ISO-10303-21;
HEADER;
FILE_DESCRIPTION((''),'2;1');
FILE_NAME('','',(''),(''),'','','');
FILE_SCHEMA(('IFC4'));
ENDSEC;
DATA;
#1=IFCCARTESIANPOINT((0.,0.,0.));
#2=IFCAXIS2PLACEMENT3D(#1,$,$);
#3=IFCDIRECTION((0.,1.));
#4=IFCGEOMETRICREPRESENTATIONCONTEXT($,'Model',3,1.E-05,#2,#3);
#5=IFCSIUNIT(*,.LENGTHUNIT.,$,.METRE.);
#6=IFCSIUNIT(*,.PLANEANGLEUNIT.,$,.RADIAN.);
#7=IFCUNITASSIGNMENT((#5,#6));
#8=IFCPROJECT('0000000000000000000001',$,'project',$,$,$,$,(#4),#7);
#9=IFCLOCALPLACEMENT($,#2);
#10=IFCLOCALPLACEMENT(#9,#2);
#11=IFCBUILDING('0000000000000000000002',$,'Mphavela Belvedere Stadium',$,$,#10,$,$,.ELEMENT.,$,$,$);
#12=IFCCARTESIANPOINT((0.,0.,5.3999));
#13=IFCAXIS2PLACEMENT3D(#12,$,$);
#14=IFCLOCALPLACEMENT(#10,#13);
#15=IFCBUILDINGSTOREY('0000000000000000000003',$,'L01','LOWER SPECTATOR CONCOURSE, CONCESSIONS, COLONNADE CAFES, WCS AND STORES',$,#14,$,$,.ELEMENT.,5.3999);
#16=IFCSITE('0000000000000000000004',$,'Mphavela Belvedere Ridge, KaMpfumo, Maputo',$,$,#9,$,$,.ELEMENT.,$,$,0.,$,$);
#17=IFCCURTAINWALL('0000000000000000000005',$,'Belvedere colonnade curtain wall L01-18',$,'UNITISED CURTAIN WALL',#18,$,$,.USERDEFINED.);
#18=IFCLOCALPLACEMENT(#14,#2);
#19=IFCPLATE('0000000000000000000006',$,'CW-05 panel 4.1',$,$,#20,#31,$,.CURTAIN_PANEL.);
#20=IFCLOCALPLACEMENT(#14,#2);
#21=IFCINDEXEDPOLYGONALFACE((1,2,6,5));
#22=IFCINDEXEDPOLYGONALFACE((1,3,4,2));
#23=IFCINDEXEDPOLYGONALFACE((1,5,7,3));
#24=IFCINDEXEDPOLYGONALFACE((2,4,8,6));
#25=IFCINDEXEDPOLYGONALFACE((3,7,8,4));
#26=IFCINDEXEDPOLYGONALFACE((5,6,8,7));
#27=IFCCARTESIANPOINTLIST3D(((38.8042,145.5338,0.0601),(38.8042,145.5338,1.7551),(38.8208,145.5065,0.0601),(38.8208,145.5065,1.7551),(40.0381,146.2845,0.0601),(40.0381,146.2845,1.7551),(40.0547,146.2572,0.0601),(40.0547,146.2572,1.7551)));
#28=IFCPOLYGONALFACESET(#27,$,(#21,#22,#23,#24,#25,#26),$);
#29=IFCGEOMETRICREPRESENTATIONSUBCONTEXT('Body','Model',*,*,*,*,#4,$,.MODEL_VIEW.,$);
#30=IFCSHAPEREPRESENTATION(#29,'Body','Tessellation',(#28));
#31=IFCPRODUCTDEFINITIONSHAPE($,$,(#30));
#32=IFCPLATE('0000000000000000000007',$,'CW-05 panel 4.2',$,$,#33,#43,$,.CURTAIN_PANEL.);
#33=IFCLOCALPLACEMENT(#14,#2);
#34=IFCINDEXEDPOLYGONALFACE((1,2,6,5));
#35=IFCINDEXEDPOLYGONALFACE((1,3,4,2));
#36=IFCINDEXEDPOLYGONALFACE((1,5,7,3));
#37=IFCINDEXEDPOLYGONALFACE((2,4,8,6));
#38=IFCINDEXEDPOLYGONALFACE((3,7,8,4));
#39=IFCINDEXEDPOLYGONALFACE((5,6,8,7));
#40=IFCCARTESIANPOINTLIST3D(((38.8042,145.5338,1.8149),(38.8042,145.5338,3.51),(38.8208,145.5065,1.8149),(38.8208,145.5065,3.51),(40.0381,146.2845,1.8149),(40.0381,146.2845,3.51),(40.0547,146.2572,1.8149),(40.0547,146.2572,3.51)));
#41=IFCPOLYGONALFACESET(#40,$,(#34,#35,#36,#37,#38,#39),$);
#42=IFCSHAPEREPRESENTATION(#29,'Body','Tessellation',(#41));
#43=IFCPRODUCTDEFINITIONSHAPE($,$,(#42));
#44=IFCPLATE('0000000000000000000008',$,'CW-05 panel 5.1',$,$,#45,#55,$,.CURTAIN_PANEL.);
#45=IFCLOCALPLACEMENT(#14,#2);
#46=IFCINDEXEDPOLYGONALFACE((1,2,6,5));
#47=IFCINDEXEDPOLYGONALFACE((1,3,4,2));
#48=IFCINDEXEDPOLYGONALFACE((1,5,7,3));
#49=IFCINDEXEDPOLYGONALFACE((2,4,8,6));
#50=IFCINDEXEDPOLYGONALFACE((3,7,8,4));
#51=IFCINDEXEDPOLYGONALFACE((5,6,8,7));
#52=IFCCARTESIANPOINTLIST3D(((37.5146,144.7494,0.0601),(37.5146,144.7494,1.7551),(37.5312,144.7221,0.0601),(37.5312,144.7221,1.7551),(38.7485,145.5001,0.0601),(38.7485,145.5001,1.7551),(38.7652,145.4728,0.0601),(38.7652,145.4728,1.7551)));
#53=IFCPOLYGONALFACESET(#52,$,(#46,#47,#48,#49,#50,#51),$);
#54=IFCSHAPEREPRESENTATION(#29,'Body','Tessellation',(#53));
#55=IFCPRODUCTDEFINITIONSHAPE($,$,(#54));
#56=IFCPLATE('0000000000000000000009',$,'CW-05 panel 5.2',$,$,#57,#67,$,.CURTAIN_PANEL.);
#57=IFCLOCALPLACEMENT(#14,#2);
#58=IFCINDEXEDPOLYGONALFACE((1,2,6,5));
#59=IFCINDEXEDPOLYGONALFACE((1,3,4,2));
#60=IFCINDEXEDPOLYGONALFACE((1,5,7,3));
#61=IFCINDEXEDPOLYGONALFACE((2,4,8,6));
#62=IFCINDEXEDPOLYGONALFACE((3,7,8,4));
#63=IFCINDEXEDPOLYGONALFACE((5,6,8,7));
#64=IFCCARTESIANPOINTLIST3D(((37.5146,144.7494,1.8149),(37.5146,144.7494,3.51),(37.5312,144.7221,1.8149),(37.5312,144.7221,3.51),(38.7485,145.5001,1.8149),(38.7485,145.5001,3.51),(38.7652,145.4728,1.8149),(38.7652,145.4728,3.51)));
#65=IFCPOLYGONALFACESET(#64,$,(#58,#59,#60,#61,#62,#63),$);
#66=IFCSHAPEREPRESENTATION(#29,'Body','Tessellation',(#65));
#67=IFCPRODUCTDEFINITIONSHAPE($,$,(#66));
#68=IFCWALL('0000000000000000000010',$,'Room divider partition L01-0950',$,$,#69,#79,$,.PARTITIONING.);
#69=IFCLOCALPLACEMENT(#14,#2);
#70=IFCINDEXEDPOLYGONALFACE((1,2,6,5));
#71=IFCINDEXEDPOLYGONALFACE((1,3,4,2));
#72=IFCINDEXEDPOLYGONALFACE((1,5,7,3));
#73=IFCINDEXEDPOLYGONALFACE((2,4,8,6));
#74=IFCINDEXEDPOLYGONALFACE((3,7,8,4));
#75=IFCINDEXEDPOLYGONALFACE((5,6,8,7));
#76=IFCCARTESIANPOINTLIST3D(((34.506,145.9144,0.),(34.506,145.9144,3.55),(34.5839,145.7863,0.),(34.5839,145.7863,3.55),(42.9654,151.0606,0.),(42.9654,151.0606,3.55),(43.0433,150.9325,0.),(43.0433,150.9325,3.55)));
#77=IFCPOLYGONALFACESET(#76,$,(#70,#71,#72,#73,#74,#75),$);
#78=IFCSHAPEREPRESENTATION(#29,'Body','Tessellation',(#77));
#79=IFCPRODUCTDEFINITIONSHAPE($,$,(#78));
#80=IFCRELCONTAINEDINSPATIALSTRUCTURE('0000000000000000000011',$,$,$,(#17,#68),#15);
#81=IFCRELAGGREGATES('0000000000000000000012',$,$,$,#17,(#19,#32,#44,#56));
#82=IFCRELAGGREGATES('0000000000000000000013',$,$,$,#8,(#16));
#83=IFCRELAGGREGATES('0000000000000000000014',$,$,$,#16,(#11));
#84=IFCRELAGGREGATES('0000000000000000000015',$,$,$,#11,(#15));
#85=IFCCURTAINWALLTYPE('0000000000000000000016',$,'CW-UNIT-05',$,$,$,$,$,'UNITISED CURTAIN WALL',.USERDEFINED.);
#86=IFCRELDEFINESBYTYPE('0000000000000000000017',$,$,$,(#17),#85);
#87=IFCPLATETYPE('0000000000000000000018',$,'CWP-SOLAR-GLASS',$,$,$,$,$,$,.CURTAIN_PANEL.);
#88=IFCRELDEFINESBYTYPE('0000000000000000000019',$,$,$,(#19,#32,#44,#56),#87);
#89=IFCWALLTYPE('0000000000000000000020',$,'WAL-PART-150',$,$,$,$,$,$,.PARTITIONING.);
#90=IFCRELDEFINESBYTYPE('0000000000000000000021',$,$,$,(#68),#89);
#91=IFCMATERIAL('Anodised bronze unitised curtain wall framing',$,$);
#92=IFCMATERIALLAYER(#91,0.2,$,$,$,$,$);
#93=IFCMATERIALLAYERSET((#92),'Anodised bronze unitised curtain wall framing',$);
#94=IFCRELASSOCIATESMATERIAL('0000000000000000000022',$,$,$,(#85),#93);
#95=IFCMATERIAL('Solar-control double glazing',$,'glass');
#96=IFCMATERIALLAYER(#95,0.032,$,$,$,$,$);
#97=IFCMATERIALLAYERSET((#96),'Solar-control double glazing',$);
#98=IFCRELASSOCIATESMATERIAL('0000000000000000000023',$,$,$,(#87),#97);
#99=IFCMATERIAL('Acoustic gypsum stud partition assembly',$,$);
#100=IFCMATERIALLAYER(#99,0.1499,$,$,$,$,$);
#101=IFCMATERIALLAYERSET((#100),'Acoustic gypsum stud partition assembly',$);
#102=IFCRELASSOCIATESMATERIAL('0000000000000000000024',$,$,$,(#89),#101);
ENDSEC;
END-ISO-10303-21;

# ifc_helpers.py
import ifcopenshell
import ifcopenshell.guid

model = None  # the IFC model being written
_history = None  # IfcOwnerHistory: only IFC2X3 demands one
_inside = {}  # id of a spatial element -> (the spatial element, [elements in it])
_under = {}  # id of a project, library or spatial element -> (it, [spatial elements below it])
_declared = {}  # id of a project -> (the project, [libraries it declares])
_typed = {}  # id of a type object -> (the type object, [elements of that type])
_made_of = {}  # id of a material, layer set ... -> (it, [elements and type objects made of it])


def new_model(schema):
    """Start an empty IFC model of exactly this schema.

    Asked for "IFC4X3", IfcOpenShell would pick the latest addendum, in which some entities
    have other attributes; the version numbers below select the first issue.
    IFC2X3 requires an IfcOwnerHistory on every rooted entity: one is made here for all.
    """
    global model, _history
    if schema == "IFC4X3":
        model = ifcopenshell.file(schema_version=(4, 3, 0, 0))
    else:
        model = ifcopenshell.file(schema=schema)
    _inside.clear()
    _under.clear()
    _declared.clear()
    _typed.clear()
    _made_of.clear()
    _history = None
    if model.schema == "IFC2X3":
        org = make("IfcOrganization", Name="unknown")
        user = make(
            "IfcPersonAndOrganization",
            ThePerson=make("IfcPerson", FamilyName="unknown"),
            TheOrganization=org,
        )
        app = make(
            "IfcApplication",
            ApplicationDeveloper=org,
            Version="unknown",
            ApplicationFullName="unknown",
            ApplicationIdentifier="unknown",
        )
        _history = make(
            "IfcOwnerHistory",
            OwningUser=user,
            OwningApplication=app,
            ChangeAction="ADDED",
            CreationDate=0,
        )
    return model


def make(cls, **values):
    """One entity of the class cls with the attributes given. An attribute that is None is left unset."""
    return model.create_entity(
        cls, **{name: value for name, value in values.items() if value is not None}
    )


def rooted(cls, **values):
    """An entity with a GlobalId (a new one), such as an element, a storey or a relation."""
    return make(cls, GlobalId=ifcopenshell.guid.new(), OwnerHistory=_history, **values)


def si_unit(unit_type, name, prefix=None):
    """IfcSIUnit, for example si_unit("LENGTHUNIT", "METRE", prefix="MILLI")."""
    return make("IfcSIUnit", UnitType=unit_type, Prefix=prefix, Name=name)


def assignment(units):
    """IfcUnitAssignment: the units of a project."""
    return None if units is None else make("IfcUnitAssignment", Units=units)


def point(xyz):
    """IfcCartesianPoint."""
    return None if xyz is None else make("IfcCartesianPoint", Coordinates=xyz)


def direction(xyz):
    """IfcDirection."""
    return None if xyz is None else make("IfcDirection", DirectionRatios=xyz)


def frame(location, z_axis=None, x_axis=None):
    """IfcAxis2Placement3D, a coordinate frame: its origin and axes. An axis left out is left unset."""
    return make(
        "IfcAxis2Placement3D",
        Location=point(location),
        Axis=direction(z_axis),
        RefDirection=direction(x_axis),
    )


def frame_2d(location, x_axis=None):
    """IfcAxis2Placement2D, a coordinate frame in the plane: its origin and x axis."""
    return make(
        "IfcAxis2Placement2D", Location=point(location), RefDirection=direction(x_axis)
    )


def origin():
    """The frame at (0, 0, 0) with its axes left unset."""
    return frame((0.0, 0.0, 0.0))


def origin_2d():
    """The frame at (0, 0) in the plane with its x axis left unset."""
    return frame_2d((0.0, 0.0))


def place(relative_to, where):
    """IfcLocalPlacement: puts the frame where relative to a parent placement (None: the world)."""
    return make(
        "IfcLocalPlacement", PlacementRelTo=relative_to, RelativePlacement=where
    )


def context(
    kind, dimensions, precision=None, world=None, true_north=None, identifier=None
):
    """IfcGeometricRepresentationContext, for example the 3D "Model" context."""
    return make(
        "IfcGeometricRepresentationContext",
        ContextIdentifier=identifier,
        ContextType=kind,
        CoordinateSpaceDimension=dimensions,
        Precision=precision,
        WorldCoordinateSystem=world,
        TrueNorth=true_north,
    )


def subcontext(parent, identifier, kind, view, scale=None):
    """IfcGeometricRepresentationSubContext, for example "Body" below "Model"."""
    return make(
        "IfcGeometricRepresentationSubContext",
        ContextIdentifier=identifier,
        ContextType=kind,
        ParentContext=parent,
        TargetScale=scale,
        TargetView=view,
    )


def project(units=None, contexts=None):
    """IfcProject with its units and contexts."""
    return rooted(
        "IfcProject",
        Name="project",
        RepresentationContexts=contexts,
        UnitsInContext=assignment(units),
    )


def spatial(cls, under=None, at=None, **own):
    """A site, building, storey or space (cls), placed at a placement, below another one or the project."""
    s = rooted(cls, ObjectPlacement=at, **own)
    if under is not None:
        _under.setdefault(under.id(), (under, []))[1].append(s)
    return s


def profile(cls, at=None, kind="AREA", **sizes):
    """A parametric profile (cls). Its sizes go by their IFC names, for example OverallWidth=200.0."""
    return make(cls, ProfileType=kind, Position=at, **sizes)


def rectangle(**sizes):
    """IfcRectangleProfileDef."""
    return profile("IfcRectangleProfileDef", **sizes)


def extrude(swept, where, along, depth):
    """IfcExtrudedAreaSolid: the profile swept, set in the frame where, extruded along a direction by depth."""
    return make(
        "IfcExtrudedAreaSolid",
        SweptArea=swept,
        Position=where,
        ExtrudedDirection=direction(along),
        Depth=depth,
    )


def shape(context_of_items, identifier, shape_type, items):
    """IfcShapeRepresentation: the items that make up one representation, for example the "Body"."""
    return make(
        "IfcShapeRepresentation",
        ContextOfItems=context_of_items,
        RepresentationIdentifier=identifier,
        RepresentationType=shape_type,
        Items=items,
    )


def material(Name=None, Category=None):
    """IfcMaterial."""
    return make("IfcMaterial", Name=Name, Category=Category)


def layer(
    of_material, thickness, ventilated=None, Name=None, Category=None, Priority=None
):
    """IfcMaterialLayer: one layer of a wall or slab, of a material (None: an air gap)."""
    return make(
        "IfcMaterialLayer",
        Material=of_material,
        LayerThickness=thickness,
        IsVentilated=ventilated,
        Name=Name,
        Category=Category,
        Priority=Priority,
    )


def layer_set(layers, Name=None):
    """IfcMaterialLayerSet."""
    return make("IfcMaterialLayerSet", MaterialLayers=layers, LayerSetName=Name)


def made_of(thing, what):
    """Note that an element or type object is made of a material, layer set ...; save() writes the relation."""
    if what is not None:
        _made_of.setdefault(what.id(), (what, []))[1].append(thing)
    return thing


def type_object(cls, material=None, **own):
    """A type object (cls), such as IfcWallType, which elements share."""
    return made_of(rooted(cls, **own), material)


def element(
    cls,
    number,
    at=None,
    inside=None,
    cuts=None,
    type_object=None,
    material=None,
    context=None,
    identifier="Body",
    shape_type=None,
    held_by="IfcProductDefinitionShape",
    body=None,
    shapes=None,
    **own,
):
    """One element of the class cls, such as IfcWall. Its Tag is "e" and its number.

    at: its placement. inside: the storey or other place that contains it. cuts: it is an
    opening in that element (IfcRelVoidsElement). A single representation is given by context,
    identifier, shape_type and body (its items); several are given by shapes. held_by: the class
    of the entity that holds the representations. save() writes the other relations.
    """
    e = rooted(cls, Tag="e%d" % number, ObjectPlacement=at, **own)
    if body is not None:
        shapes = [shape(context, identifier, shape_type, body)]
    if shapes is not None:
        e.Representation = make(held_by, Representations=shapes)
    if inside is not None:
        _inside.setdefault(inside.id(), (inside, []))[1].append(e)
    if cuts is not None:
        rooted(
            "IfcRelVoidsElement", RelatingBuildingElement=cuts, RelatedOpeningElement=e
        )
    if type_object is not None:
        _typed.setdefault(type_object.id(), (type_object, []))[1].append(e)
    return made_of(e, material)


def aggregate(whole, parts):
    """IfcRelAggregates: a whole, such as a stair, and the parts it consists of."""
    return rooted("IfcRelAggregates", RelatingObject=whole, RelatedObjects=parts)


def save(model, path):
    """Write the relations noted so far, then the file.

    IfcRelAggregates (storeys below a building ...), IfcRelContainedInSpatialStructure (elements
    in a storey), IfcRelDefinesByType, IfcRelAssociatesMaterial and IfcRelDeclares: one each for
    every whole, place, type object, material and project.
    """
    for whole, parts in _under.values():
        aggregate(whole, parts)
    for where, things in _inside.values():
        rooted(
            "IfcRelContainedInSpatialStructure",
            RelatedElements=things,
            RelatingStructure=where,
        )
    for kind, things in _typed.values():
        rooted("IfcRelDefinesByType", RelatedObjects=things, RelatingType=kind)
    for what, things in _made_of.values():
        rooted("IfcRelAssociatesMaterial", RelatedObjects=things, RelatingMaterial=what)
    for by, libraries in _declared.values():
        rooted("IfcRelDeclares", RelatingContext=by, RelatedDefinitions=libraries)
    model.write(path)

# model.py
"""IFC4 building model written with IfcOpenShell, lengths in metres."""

from ifc_helpers import new_model, si_unit, direction, frame, frame_2d, origin, origin_2d, place, context, subcontext, project, spatial, rectangle, extrude, material, layer, layer_set, type_object, element, aggregate, save


model = new_model("IFC4")

# Units and contexts
model_context = context("Model", 3, precision=1e-05, world=origin(), true_north=direction((0.0, 1.0)))
body_context = subcontext(model_context, "Body", "Model", "MODEL_VIEW")
ifc_project = project(units=[si_unit("LENGTHUNIT", "METRE"), si_unit("PLANEANGLEUNIT", "RADIAN")], contexts=[model_context])

# Site, building, storey
site_placement = place(None, origin())
site = spatial("IfcSite", under=ifc_project, at=site_placement, Name="Mphavela Belvedere Ridge, KaMpfumo, Maputo", CompositionType="ELEMENT", RefElevation=0.0)
building_placement = place(site_placement, origin())
building = spatial("IfcBuilding", under=site, at=building_placement, Name="Mphavela Belvedere Stadium", CompositionType="ELEMENT")
storey_placement = place(building_placement, frame((0.0, 0.0, 5.3999)))
storey = spatial("IfcBuildingStorey", under=building, at=storey_placement, Name="L01", Description="LOWER SPECTATOR CONCOURSE, CONCESSIONS, COLONNADE CAFES, WCS AND STORES", CompositionType="ELEMENT", Elevation=5.3999)

# Curtain wall, plates
ifc_material_1 = material(Name="Anodised bronze unitised curtain wall framing")
ifc_layer_1 = layer(ifc_material_1, 0.2)
ifc_layer_set_1 = layer_set([ifc_layer_1], Name="Anodised bronze unitised curtain wall framing")
curtain_wall_type = type_object("IfcCurtainWallType", Name="CW-UNIT-05", ElementType="UNITISED CURTAIN WALL", PredefinedType="USERDEFINED", material=ifc_layer_set_1)
curtain_wall_placement = place(storey_placement, origin())
curtain_wall = element("IfcCurtainWall", 1, at=curtain_wall_placement, inside=storey, type_object=curtain_wall_type, Name="Belvedere colonnade curtain wall L01-18", ObjectType="UNITISED CURTAIN WALL", PredefinedType="USERDEFINED")
ifc_material_2 = material(Name="Solar-control double glazing", Category="glass")
ifc_layer_2 = layer(ifc_material_2, 0.032)
ifc_layer_set_2 = layer_set([ifc_layer_2], Name="Solar-control double glazing")
plate_type = type_object("IfcPlateType", Name="CWP-SOLAR-GLASS", PredefinedType="CURTAIN_PANEL", material=ifc_layer_set_2)
plate_1_placement = place(storey_placement, frame((39.4294, 145.8955, 0.0601), z_axis=(0.0, 0.0, 1.0), x_axis=(-0.854328, -0.519735, 0.0)))
plate_1 = element("IfcPlate", 2, at=plate_1_placement, type_object=plate_type, Name="CW-05 panel 4.1", PredefinedType="CURTAIN_PANEL", context=body_context, shape_type="SweptSolid", body=[
    extrude(rectangle(XDim=1.4443, YDim=0.032, at=origin_2d()), origin(), (0.0, 0.0, 1.0), 1.6951),
])
plate_2_placement = place(storey_placement, frame((39.4294, 145.8955, 1.8149), z_axis=(0.0, 0.0, 1.0), x_axis=(-0.854328, -0.519735, 0.0)))
plate_2 = element("IfcPlate", 3, at=plate_2_placement, type_object=plate_type, Name="CW-05 panel 4.2", PredefinedType="CURTAIN_PANEL", context=body_context, shape_type="SweptSolid", body=[
    extrude(rectangle(XDim=1.4443, YDim=0.032, at=origin_2d()), origin(), (0.0, 0.0, 1.0), 1.6951),
])
plate_3_placement = place(storey_placement, frame((38.1399, 145.1111, 0.0601), z_axis=(0.0, 0.0, 1.0), x_axis=(-0.854328, -0.519735, 0.0)))
plate_3 = element("IfcPlate", 4, at=plate_3_placement, type_object=plate_type, Name="CW-05 panel 5.1", PredefinedType="CURTAIN_PANEL", context=body_context, shape_type="SweptSolid", body=[
    extrude(rectangle(XDim=1.4443, YDim=0.032, at=origin_2d()), origin(), (0.0, 0.0, 1.0), 1.6951),
])
plate_4_placement = place(storey_placement, frame((38.1399, 145.1111, 1.8149), z_axis=(0.0, 0.0, 1.0), x_axis=(-0.854328, -0.519735, 0.0)))
plate_4 = element("IfcPlate", 5, at=plate_4_placement, type_object=plate_type, Name="CW-05 panel 5.2", PredefinedType="CURTAIN_PANEL", context=body_context, shape_type="SweptSolid", body=[
    extrude(rectangle(XDim=1.4443, YDim=0.032, at=origin_2d()), origin(), (0.0, 0.0, 1.0), 1.6951),
])
aggregate(curtain_wall, [plate_1, plate_2, plate_3, plate_4])

# Wall
ifc_material_3 = material(Name="Acoustic gypsum stud partition assembly")
ifc_layer_3 = layer(ifc_material_3, 0.1499)
ifc_layer_set_3 = layer_set([ifc_layer_3], Name="Acoustic gypsum stud partition assembly")
wall_type = type_object("IfcWallType", Name="WAL-PART-150", PredefinedType="PARTITIONING", material=ifc_layer_set_3)
wall_placement = place(storey_placement, frame((43.0044, 150.9966, 0.0), z_axis=(0.0, 0.0, 1.0), x_axis=(-0.854333, -0.519726, 0.0)))
element("IfcWall", 6, at=wall_placement, inside=storey, type_object=wall_type, Name="Room divider partition L01-0950", PredefinedType="PARTITIONING", context=body_context, shape_type="SweptSolid", body=[
    extrude(rectangle(XDim=9.9019, YDim=0.1499, at=frame_2d((4.9509, 0.0))), origin(), (0.0, 0.0, 1.0), 3.55),
])

save(model, "model.ifc")
